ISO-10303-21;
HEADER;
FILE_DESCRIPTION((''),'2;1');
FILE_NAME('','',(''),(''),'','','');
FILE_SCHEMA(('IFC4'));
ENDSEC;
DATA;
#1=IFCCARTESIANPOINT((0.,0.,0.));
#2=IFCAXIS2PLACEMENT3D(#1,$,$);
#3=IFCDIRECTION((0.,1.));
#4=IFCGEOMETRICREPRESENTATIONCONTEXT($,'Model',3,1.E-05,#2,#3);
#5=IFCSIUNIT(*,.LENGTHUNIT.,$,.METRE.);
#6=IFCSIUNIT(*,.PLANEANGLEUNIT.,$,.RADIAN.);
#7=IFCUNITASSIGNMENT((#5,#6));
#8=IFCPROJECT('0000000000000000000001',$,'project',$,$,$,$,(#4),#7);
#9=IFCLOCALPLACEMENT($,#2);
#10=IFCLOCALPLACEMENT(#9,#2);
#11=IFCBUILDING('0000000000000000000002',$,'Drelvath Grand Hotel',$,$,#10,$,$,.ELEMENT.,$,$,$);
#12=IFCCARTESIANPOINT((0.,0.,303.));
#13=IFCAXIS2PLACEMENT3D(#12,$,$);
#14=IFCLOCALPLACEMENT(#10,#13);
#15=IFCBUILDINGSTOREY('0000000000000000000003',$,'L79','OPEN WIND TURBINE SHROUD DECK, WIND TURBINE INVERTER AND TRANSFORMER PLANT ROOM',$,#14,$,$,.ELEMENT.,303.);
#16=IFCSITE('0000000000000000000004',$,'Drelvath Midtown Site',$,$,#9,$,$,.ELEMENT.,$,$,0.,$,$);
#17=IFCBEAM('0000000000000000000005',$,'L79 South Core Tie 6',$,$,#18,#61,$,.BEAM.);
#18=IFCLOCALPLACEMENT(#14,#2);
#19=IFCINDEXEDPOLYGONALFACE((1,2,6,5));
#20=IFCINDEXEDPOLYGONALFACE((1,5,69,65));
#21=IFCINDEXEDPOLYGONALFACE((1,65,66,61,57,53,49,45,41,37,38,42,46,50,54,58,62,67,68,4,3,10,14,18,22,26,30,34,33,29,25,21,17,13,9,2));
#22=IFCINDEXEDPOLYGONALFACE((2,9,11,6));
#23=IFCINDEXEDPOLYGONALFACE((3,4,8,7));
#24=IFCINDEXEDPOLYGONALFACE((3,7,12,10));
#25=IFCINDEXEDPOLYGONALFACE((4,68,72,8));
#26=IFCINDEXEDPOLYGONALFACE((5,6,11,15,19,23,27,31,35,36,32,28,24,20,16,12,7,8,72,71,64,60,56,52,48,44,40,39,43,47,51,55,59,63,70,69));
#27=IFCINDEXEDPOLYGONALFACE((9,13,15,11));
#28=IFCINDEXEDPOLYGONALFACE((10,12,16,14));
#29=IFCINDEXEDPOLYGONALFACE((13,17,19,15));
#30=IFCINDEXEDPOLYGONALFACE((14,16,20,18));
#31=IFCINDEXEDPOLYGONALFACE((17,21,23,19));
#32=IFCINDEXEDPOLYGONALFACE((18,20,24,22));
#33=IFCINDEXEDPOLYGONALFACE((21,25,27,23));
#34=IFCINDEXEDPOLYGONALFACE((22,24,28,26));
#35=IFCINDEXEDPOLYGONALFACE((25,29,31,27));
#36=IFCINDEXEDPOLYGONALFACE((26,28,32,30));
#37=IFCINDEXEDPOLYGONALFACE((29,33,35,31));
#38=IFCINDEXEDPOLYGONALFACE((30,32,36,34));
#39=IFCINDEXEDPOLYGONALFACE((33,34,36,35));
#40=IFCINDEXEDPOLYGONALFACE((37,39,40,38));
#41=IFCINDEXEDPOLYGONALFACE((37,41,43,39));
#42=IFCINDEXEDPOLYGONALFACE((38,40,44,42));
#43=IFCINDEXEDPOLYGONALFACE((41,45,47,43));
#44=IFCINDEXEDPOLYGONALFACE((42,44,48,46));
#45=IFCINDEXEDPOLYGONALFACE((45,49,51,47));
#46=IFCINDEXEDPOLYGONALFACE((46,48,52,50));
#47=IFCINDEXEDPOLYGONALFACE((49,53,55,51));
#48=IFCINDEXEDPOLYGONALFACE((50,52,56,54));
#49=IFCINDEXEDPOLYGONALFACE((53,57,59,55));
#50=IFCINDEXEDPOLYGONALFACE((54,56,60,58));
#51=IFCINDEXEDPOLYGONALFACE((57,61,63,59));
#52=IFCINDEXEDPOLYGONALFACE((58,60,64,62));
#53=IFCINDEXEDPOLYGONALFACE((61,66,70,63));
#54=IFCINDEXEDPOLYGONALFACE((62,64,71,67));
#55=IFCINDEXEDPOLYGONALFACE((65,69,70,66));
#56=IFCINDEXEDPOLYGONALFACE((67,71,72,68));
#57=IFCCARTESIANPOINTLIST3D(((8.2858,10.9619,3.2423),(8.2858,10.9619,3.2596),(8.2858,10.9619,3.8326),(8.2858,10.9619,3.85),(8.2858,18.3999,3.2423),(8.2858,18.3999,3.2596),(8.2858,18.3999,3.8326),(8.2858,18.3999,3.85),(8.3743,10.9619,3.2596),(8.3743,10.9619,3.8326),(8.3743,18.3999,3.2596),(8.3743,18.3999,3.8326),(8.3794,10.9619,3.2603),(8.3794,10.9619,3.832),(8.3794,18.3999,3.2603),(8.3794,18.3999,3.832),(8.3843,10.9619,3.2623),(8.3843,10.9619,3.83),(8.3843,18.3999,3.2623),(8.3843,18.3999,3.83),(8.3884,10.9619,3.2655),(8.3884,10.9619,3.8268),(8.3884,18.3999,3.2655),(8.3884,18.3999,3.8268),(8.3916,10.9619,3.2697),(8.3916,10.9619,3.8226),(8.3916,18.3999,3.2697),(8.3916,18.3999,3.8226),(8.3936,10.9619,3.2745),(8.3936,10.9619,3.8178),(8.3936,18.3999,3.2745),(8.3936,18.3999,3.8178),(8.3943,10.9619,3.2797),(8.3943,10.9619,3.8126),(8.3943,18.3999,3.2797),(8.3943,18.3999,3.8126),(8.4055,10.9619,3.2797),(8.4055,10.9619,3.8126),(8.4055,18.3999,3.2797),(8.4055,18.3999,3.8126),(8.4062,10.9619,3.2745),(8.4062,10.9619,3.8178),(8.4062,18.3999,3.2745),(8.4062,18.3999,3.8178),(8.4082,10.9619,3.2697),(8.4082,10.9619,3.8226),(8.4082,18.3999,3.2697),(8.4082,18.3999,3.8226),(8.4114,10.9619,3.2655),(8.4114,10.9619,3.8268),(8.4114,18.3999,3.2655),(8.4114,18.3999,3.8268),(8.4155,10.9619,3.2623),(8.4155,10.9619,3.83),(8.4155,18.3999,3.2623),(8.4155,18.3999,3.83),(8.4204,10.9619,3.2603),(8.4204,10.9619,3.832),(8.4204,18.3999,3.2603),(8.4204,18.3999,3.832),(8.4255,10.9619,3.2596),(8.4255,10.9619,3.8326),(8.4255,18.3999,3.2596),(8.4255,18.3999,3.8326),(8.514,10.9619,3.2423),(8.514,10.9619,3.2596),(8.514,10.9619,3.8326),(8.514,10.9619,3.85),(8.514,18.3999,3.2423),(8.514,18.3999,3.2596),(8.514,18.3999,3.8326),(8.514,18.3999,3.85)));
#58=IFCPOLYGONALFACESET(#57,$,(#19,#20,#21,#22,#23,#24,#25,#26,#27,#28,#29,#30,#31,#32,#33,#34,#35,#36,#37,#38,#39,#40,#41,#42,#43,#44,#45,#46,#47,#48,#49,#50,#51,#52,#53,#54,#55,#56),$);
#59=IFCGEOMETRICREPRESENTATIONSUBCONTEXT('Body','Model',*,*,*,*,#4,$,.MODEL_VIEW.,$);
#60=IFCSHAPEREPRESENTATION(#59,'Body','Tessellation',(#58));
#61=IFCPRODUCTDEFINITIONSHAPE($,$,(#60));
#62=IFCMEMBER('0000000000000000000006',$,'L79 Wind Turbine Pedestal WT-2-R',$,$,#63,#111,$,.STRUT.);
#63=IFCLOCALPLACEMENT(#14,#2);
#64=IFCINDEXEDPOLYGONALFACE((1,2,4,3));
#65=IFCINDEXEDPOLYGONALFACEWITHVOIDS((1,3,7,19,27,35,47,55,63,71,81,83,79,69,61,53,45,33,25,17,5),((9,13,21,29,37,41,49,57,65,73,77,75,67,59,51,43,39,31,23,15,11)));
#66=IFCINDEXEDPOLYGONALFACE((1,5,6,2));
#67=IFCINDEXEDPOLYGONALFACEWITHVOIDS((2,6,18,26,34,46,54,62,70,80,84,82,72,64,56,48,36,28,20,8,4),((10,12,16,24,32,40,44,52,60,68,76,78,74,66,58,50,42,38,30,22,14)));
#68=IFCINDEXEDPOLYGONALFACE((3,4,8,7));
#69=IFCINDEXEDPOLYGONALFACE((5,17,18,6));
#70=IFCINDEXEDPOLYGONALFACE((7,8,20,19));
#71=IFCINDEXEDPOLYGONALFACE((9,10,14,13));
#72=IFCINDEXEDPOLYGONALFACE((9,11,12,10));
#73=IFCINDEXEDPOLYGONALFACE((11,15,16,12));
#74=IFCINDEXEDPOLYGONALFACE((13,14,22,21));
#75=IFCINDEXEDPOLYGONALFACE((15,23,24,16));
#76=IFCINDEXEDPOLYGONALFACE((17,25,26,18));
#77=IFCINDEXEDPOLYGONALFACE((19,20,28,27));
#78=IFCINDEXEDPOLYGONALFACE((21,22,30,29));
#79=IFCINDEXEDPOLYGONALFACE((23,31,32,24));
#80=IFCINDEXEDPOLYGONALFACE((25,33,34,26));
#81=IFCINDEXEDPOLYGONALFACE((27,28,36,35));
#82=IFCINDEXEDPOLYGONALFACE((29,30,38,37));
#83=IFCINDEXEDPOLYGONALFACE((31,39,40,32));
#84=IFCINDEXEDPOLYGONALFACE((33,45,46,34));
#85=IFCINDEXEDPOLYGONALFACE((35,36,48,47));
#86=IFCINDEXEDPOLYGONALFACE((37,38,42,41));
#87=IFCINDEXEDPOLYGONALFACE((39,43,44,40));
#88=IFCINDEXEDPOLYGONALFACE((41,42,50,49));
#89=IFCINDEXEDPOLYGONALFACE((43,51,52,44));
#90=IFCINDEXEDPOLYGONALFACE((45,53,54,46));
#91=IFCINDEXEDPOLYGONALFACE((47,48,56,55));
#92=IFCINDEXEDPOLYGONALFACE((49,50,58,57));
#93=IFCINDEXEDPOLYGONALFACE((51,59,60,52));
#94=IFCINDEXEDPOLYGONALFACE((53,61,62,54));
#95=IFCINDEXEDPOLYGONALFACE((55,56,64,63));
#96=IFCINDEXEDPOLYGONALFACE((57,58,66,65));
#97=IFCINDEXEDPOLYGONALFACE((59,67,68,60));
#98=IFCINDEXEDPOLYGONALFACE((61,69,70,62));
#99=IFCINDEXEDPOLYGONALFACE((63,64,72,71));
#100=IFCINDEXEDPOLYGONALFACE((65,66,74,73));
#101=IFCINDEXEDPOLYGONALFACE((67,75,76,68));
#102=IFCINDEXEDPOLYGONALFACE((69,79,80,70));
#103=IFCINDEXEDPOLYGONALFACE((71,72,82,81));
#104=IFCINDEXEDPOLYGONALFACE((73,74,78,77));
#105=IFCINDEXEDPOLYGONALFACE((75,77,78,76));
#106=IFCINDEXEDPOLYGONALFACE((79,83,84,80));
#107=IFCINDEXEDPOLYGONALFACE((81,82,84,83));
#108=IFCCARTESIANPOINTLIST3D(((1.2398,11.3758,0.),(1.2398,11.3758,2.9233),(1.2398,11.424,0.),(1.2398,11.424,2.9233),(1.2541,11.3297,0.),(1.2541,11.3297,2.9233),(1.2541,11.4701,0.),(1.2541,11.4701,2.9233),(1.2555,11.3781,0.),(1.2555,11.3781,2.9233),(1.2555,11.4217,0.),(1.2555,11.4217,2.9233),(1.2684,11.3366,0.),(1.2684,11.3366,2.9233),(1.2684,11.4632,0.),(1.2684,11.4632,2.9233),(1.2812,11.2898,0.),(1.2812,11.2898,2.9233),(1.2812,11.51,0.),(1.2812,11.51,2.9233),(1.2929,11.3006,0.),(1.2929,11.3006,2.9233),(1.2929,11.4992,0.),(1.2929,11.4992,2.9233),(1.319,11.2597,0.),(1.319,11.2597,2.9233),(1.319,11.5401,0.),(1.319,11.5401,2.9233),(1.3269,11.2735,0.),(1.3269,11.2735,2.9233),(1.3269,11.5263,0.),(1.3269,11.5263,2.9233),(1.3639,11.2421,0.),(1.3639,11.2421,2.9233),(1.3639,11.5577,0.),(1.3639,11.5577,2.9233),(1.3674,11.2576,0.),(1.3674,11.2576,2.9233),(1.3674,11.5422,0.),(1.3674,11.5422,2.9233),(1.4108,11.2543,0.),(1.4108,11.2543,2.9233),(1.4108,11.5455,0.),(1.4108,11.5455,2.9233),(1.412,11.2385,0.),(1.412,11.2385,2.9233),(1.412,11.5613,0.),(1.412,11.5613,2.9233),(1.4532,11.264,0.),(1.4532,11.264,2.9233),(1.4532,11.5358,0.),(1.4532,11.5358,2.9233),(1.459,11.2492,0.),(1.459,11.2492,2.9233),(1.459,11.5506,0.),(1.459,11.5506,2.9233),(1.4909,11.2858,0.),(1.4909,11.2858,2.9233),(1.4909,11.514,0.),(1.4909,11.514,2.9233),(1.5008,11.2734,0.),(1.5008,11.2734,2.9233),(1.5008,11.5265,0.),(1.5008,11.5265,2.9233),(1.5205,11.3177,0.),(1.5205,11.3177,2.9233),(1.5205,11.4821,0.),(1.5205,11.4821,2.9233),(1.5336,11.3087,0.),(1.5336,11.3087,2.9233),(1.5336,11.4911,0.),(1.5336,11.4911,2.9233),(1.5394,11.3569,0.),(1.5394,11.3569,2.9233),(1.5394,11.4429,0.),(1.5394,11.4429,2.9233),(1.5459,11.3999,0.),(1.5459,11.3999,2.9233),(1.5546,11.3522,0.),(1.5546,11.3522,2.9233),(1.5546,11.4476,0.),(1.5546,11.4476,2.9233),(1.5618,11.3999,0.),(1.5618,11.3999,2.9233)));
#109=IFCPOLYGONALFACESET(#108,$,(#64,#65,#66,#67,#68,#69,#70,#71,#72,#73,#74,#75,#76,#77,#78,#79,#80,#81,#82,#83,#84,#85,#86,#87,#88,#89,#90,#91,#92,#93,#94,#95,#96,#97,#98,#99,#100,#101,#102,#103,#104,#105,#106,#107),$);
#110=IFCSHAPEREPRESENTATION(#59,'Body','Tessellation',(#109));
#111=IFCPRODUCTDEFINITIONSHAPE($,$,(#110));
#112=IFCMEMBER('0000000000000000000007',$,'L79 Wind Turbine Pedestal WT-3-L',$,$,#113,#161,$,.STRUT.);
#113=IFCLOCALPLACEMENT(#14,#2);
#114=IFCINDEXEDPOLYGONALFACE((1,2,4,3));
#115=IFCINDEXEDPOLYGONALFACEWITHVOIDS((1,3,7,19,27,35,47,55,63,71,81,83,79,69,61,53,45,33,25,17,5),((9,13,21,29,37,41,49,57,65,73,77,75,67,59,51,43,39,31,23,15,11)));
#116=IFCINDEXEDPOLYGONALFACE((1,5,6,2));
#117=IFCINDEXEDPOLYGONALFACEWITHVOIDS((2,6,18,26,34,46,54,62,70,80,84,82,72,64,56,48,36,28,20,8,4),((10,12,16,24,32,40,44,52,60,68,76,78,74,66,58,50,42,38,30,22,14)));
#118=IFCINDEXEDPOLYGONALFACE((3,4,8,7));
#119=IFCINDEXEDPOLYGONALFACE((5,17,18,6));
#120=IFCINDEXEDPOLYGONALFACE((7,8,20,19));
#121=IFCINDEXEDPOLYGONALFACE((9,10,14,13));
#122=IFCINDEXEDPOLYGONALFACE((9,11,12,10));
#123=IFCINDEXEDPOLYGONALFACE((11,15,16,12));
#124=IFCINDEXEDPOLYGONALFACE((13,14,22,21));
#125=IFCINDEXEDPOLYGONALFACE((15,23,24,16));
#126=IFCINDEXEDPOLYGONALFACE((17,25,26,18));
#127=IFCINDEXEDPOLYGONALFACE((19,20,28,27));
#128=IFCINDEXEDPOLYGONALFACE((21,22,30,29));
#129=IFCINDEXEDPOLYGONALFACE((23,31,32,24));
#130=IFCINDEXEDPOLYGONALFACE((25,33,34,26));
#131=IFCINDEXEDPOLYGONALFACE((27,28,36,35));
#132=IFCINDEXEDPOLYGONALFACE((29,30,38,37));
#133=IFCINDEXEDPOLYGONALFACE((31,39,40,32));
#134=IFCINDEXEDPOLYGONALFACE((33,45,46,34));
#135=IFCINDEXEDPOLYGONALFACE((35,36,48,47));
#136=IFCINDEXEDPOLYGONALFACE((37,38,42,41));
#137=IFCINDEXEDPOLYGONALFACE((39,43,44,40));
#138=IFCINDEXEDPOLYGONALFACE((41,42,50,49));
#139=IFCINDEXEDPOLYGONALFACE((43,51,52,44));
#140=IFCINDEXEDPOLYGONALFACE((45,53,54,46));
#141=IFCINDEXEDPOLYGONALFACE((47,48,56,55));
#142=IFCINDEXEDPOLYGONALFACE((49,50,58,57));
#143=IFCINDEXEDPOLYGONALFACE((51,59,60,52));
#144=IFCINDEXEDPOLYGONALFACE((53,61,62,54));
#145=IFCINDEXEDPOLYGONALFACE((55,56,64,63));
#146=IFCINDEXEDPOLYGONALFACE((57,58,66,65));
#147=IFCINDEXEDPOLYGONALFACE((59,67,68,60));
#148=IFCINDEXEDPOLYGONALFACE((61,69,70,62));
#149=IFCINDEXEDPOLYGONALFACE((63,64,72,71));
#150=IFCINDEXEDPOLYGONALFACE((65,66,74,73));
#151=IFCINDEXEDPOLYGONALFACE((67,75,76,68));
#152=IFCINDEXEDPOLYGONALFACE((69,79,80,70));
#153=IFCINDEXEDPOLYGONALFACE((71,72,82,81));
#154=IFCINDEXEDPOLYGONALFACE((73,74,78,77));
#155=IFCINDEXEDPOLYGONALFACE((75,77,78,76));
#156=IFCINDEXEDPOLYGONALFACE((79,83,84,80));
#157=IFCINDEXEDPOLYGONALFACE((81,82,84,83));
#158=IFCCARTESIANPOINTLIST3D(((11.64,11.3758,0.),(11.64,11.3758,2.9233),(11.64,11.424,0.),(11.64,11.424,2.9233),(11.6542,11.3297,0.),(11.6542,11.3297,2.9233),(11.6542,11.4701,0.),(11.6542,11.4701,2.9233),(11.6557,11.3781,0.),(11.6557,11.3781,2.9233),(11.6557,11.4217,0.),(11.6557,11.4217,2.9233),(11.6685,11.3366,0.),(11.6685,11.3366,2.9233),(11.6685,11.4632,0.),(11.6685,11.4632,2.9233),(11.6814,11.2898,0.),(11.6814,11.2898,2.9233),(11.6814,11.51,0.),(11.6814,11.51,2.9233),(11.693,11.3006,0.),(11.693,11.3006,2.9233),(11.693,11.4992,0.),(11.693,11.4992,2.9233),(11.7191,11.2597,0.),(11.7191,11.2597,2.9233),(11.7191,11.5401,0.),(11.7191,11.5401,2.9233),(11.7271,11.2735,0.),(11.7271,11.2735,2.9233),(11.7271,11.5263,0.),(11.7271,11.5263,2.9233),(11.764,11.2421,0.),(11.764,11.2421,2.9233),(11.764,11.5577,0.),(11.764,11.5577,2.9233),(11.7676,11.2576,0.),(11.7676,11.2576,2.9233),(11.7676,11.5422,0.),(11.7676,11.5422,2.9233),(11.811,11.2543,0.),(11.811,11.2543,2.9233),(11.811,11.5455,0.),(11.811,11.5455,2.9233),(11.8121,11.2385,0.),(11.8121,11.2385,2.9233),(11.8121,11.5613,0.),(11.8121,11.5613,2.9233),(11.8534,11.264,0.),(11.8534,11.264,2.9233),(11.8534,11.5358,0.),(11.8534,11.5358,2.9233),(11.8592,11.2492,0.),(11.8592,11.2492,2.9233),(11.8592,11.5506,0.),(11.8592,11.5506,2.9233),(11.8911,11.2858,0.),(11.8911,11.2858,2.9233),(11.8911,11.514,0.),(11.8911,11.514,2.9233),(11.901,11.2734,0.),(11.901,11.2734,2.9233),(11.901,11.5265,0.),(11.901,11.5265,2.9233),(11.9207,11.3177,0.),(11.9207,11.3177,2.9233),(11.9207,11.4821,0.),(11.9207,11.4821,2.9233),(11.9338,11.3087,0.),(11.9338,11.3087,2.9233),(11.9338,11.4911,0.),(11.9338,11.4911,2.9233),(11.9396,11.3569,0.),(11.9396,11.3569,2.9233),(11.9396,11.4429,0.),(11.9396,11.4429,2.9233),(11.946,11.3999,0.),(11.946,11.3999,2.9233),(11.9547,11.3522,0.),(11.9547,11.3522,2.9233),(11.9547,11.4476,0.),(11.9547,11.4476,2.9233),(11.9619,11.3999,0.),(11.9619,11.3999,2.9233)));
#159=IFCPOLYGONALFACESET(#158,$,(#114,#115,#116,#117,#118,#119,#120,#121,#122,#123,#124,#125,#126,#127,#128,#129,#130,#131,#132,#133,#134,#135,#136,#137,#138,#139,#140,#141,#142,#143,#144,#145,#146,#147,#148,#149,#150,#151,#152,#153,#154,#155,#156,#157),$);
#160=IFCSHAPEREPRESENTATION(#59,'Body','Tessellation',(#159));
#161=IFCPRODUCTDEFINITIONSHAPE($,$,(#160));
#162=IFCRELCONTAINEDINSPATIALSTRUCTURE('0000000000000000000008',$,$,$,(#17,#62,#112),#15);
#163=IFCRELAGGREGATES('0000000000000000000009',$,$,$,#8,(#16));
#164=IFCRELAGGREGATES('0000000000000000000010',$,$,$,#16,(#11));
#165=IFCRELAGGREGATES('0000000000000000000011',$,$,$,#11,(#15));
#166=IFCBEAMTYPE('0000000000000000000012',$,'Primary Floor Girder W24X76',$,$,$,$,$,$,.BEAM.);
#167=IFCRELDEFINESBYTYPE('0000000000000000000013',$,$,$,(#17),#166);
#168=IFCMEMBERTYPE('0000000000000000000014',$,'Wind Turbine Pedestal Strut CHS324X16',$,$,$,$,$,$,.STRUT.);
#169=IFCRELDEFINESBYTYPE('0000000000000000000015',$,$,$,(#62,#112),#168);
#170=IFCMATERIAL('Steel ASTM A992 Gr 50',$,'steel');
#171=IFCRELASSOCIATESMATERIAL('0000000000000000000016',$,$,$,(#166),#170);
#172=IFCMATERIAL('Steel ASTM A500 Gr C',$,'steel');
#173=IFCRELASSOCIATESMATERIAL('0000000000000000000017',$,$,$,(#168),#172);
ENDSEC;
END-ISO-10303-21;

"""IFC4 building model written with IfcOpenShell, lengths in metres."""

from ifc_helpers import new_model, si_unit, direction, frame, origin, origin_2d, place, context, subcontext, project, spatial, hollow_circle, i_section, extrude, material, material_profile, profile_set, type_object, element, save


model = new_model("IFC4")

# Units and contexts
model_context = context("Model", 3, precision=1e-05, world=origin(), true_north=direction((0.0, 1.0)))
body_context = subcontext(model_context, "Body", "Model", "MODEL_VIEW")
ifc_project = project(units=[si_unit("LENGTHUNIT", "METRE"), si_unit("PLANEANGLEUNIT", "RADIAN")], contexts=[model_context])

# Site, building, storey
site_placement = place(None, origin())
site = spatial("IfcSite", under=ifc_project, at=site_placement, Name="Drelvath Midtown Site", CompositionType="ELEMENT", RefElevation=0.0)
building_placement = place(site_placement, origin())
building = spatial("IfcBuilding", under=site, at=building_placement, Name="Drelvath Grand Hotel", CompositionType="ELEMENT")
storey_placement = place(building_placement, frame((0.0, 0.0, 303.0)))
storey = spatial("IfcBuildingStorey", under=building, at=storey_placement, Name="L79", Description="OPEN WIND TURBINE SHROUD DECK, WIND TURBINE INVERTER AND TRANSFORMER PLANT ROOM", CompositionType="ELEMENT", Elevation=303.0)

# Beam
ifc_material_1 = material(Name="Steel ASTM A992 Gr 50", Category="steel")
ifc_material_profile_1 = material_profile(ifc_material_1, i_section(OverallWidth=0.2283, OverallDepth=0.6077, WebThickness=0.0112, FlangeThickness=0.0173, FilletRadius=0.02, at=origin_2d()), Name="W24X76")
ifc_profile_set_1 = profile_set([ifc_material_profile_1], Name="Steel ASTM A992 Gr 50")
beam_type_1 = type_object("IfcBeamType", Name="Primary Floor Girder W24X76", PredefinedType="BEAM", material=ifc_profile_set_1)
for number, where, z_axis, x_axis, name in (
    (1, (8.3999, 10.9619, 3.5461), (0.0, 1.0, 0.0), (-1.0, 0.0, 0.0), "L79 South Core Tie 6"),
):
    element("IfcBeam", number, at=place(storey_placement, frame(where, z_axis=z_axis, x_axis=x_axis)), inside=storey, type_object=beam_type_1, Name=name, PredefinedType="BEAM", context=body_context, shape_type="SweptSolid", body=[
        extrude(i_section(OverallWidth=0.2283, OverallDepth=0.6077, WebThickness=0.0112, FlangeThickness=0.0173, FilletRadius=0.02, at=origin_2d()), origin(), (0.0, 0.0, 1.0), 7.438),
    ])

# Members
ifc_material_2 = material(Name="Steel ASTM A500 Gr C", Category="steel")
ifc_material_profile_2 = material_profile(ifc_material_2, hollow_circle(Radius=0.1619, WallThickness=0.0159, at=origin_2d()), Name="CHS324X16")
ifc_profile_set_2 = profile_set([ifc_material_profile_2], Name="Steel ASTM A500 Gr C")
member_type_1 = type_object("IfcMemberType", Name="Wind Turbine Pedestal Strut CHS324X16", PredefinedType="STRUT", material=ifc_profile_set_2)
for number, where, z_axis, x_axis, name in (
    (2, (1.3999, 11.3999, 0.0), (0.0, 0.0, 1.0), (1.0, 0.0, 0.0), "L79 Wind Turbine Pedestal WT-2-R"),
    (3, (11.8, 11.3999, 0.0), (0.0, 0.0, 1.0), (1.0, 0.0, 0.0), "L79 Wind Turbine Pedestal WT-3-L"),
):
    element("IfcMember", number, at=place(storey_placement, frame(where, z_axis=z_axis, x_axis=x_axis)), inside=storey, type_object=member_type_1, Name=name, PredefinedType="STRUT", context=body_context, shape_type="SweptSolid", body=[
        extrude(hollow_circle(Radius=0.1619, WallThickness=0.0159, at=origin_2d()), origin(), (0.0, 0.0, 1.0), 2.9233),
    ])

save(model, "model.ifc")
